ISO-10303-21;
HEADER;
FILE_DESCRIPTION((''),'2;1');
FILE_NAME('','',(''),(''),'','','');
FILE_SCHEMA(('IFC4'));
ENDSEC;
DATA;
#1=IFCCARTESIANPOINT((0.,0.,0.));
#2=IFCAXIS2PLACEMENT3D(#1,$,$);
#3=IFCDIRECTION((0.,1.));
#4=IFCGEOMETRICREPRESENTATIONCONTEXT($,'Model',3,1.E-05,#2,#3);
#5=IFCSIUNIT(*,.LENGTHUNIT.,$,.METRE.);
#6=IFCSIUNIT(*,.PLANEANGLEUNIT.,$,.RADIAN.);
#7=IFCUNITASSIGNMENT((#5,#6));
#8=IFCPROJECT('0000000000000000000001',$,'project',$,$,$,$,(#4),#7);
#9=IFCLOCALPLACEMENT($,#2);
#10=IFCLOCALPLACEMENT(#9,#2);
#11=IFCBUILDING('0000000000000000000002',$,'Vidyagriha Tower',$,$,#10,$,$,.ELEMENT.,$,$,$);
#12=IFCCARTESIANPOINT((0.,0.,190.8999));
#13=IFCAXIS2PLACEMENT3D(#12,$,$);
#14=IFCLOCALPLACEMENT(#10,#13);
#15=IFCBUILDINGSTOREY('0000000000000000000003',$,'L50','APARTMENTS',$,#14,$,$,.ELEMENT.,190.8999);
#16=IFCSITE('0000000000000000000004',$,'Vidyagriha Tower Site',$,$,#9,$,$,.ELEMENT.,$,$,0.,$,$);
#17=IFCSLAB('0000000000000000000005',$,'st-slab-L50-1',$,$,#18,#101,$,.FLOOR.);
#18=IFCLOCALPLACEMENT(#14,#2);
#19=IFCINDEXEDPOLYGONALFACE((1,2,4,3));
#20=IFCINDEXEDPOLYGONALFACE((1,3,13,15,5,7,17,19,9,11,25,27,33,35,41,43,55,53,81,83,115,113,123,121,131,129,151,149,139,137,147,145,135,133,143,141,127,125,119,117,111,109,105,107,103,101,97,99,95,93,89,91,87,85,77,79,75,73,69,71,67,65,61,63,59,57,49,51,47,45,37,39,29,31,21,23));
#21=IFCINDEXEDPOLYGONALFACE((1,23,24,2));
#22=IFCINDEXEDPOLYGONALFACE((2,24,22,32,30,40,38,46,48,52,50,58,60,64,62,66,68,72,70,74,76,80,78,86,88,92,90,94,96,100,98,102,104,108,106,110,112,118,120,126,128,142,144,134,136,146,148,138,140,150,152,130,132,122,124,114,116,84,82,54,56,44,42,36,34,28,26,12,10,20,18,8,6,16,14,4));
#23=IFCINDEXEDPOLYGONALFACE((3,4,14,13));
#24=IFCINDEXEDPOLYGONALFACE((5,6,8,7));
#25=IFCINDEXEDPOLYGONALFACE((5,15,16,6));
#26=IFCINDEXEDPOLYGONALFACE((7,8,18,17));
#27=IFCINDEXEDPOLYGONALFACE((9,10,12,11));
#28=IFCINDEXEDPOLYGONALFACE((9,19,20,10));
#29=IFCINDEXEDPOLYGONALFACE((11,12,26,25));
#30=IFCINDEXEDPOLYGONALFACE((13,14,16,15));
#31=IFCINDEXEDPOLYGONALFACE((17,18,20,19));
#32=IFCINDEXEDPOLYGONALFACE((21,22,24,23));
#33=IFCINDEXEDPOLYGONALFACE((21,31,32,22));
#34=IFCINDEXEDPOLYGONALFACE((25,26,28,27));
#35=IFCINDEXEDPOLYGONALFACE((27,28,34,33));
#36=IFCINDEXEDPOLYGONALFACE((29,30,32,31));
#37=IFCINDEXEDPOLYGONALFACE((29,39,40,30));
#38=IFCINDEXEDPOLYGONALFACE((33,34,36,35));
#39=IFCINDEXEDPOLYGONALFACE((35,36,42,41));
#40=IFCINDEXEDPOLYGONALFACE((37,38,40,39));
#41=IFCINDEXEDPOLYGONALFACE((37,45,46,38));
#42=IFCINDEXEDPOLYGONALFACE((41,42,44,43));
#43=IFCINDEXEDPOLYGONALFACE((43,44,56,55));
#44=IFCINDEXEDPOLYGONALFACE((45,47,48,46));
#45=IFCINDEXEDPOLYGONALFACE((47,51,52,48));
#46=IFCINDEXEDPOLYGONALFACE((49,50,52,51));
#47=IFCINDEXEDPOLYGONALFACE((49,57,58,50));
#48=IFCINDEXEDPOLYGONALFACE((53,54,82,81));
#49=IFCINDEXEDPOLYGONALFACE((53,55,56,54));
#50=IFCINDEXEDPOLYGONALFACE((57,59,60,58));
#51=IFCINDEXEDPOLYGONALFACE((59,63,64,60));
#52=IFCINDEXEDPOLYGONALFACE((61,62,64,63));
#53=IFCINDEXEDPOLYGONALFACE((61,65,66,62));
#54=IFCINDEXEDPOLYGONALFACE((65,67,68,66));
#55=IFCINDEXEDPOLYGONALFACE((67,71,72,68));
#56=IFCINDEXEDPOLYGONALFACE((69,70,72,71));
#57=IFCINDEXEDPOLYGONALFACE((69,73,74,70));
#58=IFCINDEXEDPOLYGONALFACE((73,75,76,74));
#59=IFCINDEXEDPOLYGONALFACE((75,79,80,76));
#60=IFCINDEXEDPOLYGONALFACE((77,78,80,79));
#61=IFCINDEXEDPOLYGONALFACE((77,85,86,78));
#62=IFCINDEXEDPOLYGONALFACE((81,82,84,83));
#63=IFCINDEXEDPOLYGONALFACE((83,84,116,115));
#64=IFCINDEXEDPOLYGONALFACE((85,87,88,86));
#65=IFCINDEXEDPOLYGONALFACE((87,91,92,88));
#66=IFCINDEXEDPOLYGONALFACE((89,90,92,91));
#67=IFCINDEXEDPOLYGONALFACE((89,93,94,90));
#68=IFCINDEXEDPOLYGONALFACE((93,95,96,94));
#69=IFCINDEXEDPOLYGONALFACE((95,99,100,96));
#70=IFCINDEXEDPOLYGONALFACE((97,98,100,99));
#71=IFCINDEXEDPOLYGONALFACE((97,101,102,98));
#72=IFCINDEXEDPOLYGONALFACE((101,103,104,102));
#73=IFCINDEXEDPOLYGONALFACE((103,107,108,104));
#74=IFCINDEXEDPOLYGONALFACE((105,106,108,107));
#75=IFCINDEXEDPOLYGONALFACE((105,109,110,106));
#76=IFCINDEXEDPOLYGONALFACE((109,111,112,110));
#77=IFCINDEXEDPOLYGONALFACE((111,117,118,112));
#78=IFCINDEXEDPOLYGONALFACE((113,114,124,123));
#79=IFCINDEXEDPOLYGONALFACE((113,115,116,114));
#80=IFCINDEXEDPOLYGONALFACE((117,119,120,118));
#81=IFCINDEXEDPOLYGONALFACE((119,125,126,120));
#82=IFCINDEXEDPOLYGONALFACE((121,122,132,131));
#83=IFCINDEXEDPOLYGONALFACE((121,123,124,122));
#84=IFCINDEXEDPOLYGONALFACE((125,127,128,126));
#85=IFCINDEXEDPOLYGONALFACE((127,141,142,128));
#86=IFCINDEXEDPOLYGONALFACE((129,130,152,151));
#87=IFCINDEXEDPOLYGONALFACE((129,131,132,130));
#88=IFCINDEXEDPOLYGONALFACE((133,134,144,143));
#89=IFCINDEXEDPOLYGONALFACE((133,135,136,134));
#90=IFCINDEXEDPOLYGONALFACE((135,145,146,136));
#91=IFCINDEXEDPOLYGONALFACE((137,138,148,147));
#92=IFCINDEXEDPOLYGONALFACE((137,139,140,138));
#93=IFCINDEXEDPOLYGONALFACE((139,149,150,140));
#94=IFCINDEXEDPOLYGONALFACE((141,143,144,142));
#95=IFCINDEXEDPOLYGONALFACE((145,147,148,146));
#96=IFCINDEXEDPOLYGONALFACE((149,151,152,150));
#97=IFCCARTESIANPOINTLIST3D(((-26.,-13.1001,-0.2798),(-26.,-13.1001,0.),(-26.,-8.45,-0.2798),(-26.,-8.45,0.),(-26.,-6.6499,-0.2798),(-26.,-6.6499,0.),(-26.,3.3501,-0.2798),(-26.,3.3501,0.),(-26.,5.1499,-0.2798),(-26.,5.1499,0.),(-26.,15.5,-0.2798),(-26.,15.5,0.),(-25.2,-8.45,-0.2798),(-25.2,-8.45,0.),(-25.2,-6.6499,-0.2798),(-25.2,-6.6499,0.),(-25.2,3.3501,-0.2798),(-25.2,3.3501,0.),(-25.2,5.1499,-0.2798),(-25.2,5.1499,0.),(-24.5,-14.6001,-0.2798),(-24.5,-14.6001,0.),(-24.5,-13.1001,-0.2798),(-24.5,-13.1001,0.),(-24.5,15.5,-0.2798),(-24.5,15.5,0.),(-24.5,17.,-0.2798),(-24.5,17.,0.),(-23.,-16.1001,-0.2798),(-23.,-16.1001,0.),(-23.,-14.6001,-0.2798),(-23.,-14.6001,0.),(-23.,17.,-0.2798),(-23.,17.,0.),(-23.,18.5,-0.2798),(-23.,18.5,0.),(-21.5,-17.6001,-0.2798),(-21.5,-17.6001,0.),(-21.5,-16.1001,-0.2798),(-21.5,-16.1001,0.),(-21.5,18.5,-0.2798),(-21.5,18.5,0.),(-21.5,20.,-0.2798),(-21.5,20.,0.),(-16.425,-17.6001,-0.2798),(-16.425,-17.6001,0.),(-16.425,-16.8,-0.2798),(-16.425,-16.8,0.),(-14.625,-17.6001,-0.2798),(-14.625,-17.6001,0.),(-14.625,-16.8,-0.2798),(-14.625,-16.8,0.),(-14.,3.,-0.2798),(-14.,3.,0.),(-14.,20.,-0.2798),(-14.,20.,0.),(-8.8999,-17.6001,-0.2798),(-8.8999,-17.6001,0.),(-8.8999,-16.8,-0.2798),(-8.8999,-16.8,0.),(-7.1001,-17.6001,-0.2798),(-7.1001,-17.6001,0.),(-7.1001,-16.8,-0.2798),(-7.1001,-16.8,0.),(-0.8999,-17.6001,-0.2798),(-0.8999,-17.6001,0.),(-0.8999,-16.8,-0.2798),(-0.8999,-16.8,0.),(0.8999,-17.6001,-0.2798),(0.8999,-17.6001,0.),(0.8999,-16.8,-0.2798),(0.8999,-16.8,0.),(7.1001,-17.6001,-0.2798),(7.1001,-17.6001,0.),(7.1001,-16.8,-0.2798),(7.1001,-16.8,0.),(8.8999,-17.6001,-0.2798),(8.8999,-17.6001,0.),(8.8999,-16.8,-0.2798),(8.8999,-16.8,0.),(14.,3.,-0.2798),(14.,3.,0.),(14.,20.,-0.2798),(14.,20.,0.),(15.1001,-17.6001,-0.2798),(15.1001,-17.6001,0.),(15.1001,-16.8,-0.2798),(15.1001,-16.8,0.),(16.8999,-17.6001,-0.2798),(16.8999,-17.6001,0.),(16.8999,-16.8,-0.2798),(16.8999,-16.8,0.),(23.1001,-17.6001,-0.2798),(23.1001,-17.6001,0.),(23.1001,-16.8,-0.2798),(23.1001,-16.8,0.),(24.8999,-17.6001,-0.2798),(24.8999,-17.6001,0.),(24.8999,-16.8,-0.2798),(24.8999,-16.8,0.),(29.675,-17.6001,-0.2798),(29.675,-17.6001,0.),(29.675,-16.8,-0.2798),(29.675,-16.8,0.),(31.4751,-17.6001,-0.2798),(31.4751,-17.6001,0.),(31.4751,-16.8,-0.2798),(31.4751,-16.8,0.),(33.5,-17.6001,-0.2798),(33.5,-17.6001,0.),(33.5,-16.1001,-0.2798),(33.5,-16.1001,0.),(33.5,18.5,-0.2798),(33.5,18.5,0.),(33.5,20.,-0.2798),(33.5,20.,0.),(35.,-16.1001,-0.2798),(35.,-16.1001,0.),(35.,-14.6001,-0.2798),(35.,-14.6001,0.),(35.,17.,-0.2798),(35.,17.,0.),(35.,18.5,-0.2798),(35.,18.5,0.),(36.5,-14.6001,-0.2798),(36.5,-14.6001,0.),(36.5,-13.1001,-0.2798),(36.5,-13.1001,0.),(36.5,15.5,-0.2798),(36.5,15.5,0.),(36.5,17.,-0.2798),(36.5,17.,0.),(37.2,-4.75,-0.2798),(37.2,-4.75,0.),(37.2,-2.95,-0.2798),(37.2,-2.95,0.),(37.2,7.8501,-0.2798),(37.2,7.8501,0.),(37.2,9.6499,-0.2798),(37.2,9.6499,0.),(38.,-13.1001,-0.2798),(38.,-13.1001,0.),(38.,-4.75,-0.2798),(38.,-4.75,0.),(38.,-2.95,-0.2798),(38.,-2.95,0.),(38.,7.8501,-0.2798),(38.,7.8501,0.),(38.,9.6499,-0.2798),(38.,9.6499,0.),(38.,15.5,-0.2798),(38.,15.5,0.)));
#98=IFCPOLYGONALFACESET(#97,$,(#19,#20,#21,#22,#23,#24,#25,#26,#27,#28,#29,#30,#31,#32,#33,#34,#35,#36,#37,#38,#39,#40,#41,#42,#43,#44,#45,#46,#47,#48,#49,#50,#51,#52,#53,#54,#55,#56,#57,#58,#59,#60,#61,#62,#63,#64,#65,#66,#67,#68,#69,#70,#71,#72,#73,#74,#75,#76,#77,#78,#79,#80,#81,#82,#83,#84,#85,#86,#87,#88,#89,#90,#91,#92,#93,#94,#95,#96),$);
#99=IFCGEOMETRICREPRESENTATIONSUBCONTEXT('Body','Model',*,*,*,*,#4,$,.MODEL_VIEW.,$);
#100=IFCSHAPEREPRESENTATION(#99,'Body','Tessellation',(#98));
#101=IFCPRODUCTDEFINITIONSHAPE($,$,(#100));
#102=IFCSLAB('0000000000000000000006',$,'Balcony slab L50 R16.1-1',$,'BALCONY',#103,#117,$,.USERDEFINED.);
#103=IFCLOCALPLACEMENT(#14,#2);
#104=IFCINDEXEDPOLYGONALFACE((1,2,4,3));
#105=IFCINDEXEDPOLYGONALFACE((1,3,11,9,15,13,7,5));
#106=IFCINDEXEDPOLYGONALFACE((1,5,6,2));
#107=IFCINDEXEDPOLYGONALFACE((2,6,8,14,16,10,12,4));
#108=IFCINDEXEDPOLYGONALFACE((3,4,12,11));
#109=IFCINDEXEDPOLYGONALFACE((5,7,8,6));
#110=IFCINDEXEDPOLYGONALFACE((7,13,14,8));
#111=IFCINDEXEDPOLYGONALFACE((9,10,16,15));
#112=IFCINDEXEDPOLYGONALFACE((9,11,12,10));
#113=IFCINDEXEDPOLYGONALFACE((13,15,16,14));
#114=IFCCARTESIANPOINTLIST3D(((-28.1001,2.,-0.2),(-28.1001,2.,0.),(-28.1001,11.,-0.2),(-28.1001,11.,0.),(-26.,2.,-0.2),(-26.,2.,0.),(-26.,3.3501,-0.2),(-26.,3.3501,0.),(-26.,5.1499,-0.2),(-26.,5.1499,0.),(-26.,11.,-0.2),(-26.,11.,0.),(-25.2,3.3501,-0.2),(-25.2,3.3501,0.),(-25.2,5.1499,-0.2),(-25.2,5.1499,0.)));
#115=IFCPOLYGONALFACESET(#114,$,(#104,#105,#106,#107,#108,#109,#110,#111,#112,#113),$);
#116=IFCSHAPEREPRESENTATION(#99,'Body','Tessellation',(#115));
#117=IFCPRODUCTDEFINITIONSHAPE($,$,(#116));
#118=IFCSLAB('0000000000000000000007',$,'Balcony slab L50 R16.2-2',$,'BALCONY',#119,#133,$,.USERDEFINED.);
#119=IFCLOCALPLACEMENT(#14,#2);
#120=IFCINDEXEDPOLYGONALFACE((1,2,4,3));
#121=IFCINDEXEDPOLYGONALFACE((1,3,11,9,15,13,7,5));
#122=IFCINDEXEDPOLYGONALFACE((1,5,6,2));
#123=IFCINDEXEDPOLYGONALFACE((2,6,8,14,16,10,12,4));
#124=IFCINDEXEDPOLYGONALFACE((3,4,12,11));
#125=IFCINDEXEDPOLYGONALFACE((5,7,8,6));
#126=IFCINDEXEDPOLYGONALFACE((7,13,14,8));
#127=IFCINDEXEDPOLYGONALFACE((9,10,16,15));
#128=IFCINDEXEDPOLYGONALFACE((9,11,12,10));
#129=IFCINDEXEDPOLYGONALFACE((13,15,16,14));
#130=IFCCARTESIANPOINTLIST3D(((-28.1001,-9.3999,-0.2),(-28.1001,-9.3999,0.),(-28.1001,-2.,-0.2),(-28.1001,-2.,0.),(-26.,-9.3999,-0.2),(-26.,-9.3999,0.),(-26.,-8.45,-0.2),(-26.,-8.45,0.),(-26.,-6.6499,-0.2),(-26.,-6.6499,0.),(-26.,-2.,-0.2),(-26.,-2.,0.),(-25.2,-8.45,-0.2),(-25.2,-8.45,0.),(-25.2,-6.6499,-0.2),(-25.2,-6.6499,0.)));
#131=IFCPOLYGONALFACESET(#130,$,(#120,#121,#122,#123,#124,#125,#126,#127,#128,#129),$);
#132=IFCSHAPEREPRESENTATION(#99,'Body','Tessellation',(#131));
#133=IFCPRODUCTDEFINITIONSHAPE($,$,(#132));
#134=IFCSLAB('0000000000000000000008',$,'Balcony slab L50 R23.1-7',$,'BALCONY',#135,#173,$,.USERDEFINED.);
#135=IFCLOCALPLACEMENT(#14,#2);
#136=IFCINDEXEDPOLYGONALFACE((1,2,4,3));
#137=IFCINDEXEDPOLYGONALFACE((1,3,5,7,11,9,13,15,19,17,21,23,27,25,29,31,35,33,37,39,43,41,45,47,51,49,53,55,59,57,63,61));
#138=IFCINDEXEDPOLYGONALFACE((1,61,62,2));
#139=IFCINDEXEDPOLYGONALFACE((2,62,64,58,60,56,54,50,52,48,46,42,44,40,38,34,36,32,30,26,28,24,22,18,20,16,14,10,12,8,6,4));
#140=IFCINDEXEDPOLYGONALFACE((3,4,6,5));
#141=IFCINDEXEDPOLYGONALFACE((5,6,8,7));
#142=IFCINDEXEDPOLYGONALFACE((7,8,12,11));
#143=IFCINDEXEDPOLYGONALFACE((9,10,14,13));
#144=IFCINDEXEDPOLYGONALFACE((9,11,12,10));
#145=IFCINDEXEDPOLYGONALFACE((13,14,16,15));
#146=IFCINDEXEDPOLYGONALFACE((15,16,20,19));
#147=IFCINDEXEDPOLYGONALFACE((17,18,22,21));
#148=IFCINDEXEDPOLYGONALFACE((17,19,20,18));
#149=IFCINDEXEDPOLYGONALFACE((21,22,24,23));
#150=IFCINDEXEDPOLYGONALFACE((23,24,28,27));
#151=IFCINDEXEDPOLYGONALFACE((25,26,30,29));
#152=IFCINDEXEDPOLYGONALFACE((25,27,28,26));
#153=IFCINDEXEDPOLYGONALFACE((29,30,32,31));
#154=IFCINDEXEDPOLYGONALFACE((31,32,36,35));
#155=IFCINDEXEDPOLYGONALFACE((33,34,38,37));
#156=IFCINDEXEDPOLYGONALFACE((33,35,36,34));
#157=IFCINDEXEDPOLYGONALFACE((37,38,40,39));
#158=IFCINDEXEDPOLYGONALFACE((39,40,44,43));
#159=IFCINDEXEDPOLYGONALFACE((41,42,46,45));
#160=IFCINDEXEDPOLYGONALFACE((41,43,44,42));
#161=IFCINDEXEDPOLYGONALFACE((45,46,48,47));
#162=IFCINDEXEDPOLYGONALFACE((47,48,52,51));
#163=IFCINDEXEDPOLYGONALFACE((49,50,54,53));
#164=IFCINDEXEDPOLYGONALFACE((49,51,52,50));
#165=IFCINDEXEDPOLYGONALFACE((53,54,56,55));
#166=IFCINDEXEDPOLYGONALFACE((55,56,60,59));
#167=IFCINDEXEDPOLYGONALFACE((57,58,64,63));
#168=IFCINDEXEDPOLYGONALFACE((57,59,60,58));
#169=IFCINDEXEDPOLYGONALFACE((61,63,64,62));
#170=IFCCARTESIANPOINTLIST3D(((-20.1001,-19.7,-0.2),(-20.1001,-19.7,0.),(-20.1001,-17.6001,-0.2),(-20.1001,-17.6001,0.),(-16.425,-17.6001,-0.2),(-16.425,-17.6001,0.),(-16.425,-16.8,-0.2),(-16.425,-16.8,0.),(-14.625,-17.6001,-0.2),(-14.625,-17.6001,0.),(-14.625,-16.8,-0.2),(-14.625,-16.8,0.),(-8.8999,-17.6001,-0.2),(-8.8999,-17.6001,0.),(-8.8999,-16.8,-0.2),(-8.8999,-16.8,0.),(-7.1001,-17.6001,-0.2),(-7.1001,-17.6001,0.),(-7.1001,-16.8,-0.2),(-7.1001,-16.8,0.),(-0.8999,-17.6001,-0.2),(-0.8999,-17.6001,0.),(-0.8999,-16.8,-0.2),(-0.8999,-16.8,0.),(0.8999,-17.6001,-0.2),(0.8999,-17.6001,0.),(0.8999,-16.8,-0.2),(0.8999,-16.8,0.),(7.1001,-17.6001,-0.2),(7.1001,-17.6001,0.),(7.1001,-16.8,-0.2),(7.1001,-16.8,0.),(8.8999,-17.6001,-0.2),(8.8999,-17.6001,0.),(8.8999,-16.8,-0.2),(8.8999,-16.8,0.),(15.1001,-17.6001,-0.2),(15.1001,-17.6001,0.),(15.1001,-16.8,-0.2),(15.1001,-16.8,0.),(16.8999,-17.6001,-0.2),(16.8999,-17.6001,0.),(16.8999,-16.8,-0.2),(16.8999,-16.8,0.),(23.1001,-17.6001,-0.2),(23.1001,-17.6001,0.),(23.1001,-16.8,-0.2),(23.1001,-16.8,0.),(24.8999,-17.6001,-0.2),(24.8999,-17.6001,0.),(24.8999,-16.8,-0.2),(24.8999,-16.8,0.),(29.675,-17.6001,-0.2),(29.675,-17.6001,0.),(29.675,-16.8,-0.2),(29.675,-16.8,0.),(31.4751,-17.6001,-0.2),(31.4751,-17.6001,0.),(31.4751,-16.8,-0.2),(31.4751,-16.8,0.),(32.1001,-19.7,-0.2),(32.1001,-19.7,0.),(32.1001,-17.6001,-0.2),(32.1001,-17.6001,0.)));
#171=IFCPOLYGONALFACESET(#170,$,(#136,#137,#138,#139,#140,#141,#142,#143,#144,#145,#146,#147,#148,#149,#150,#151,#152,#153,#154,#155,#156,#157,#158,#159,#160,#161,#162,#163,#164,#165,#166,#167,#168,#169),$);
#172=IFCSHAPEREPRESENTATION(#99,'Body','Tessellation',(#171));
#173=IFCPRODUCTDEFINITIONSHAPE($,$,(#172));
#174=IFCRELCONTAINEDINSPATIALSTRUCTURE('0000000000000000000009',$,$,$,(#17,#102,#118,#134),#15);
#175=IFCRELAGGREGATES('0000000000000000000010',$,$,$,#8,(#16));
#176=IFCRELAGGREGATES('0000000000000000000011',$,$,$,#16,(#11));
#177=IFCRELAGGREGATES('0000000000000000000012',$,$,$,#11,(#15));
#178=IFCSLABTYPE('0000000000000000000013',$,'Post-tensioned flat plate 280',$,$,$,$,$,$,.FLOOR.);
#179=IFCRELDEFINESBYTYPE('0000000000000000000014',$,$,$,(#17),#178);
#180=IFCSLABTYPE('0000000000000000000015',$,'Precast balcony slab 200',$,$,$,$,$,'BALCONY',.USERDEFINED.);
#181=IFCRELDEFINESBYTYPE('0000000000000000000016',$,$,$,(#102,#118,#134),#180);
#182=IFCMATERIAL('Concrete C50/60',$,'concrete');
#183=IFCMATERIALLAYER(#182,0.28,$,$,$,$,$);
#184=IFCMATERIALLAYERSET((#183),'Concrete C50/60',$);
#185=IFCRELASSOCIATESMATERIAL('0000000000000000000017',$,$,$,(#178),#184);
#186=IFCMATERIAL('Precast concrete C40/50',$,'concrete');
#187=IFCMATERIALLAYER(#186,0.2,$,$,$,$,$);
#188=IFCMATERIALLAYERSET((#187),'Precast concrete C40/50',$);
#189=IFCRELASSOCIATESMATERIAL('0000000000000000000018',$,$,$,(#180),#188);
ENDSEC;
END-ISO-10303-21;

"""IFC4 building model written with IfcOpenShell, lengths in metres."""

from ifc_helpers import new_model, si_unit, direction, frame, origin, place, context, subcontext, project, spatial, polyline, outline, extrude, material, layer, layer_set, type_object, element, save


model = new_model("IFC4")

# Units and contexts
model_context = context("Model", 3, precision=1e-05, world=origin(), true_north=direction((0.0, 1.0)))
body_context = subcontext(model_context, "Body", "Model", "MODEL_VIEW")
ifc_project = project(units=[si_unit("LENGTHUNIT", "METRE"), si_unit("PLANEANGLEUNIT", "RADIAN")], contexts=[model_context])

# Site, building, storey
site_placement = place(None, origin())
site = spatial("IfcSite", under=ifc_project, at=site_placement, Name="Vidyagriha Tower Site", CompositionType="ELEMENT", RefElevation=0.0)
building_placement = place(site_placement, origin())
building = spatial("IfcBuilding", under=site, at=building_placement, Name="Vidyagriha Tower", CompositionType="ELEMENT")
storey_placement = place(building_placement, frame((0.0, 0.0, 190.8999)))
storey = spatial("IfcBuildingStorey", under=building, at=storey_placement, Name="L50", Description="APARTMENTS", CompositionType="ELEMENT", Elevation=190.8999)

# Slabs
ifc_material_1 = material(Name="Concrete C50/60", Category="concrete")
ifc_layer_1 = layer(ifc_material_1, 0.28)
ifc_layer_set_1 = layer_set([ifc_layer_1], Name="Concrete C50/60")
slab_type_1 = type_object("IfcSlabType", Name="Post-tensioned flat plate 280", PredefinedType="FLOOR", material=ifc_layer_set_1)
slab_1_placement = place(storey_placement, frame((0.0, 0.0, -0.2798)))
element("IfcSlab", 1, at=slab_1_placement, inside=storey, type_object=slab_type_1, Name="st-slab-L50-1", PredefinedType="FLOOR", context=body_context, shape_type="SweptSolid", body=[
    extrude(outline(polyline([(36.5, -14.6001), (35.0, -14.6001), (35.0, -16.1001), (33.5, -16.1001), (33.5, -17.6001), (31.4751, -17.6001), (31.4751, -16.8), (29.675, -16.8), (29.675, -17.6001), (24.8999, -17.6001), (24.8999, -16.8), (23.1001, -16.8), (23.1001, -17.6001), (16.8999, -17.6001), (16.8999, -16.8), (15.1001, -16.8), (15.1001, -17.6001), (8.8999, -17.6001), (8.8999, -16.8), (7.1001, -16.8), (7.1001, -17.6001), (0.8999, -17.6001), (0.8999, -16.8), (-0.8999, -16.8), (-0.8999, -17.6001), (-7.1001, -17.6001), (-7.1001, -16.8), (-8.8999, -16.8), (-8.8999, -17.6001), (-14.625, -17.6001), (-14.625, -16.8), (-16.425, -16.8), (-16.425, -17.6001), (-21.5, -17.6001), (-21.5, -16.1001), (-23.0, -16.1001), (-23.0, -14.6001), (-24.5, -14.6001), (-24.5, -13.1001), (-26.0, -13.1001), (-26.0, -8.45), (-25.2, -8.45), (-25.2, -6.6499), (-26.0, -6.6499), (-26.0, 3.3501), (-25.2, 3.3501), (-25.2, 5.1499), (-26.0, 5.1499), (-26.0, 15.5), (-24.5, 15.5), (-24.5, 17.0), (-23.0, 17.0), (-23.0, 18.5), (-21.5, 18.5), (-21.5, 20.0), (-14.0, 20.0), (-14.0, 3.0), (14.0, 3.0), (14.0, 20.0), (33.5, 20.0), (33.5, 18.5), (35.0, 18.5), (35.0, 17.0), (36.5, 17.0), (36.5, 15.5), (38.0, 15.5), (38.0, 9.6499), (37.2, 9.6499), (37.2, 7.8501), (38.0, 7.8501), (38.0, -2.95), (37.2, -2.95), (37.2, -4.75), (38.0, -4.75), (38.0, -13.1001), (36.5, -13.1001), (36.5, -14.6001)])), origin(), (0.0, 0.0, 1.0), 0.2798),
])
ifc_material_2 = material(Name="Precast concrete C40/50", Category="concrete")
ifc_layer_2 = layer(ifc_material_2, 0.2)
ifc_layer_set_2 = layer_set([ifc_layer_2], Name="Precast concrete C40/50")
slab_type_2 = type_object("IfcSlabType", Name="Precast balcony slab 200", ElementType="BALCONY", PredefinedType="USERDEFINED", material=ifc_layer_set_2)
slab_2_placement = place(storey_placement, frame((0.0, 0.0, -0.2)))
element("IfcSlab", 2, at=slab_2_placement, inside=storey, type_object=slab_type_2, Name="Balcony slab L50 R16.1-1", ObjectType="BALCONY", PredefinedType="USERDEFINED", context=body_context, shape_type="SweptSolid", body=[
    extrude(outline(polyline([(-25.2, 3.3501), (-25.2, 5.1499), (-26.0, 5.1499), (-26.0, 11.0), (-28.1001, 11.0), (-28.1001, 2.0), (-26.0, 2.0), (-26.0, 3.3501), (-25.2, 3.3501)])), origin(), (0.0, 0.0, 1.0), 0.2),
])
slab_3_placement = place(storey_placement, frame((0.0, 0.0, -0.2)))
element("IfcSlab", 3, at=slab_3_placement, inside=storey, type_object=slab_type_2, Name="Balcony slab L50 R16.2-2", ObjectType="BALCONY", PredefinedType="USERDEFINED", context=body_context, shape_type="SweptSolid", body=[
    extrude(outline(polyline([(-25.2, -8.45), (-25.2, -6.6499), (-26.0, -6.6499), (-26.0, -2.0), (-28.1001, -2.0), (-28.1001, -9.3999), (-26.0, -9.3999), (-26.0, -8.45), (-25.2, -8.45)])), origin(), (0.0, 0.0, 1.0), 0.2),
])
slab_4_placement = place(storey_placement, frame((0.0, 0.0, -0.2)))
element("IfcSlab", 4, at=slab_4_placement, inside=storey, type_object=slab_type_2, Name="Balcony slab L50 R23.1-7", ObjectType="BALCONY", PredefinedType="USERDEFINED", context=body_context, shape_type="SweptSolid", body=[
    extrude(outline(polyline([(-14.625, -16.8), (-16.425, -16.8), (-16.425, -17.6001), (-20.1001, -17.6001), (-20.1001, -19.7), (32.1001, -19.7), (32.1001, -17.6001), (31.4751, -17.6001), (31.4751, -16.8), (29.675, -16.8), (29.675, -17.6001), (24.8999, -17.6001), (24.8999, -16.8), (23.1001, -16.8), (23.1001, -17.6001), (16.8999, -17.6001), (16.8999, -16.8), (15.1001, -16.8), (15.1001, -17.6001), (8.8999, -17.6001), (8.8999, -16.8), (7.1001, -16.8), (7.1001, -17.6001), (0.8999, -17.6001), (0.8999, -16.8), (-0.8999, -16.8), (-0.8999, -17.6001), (-7.1001, -17.6001), (-7.1001, -16.8), (-8.8999, -16.8), (-8.8999, -17.6001), (-14.625, -17.6001), (-14.625, -16.8)])), origin(), (0.0, 0.0, 1.0), 0.2),
])

save(model, "model.ifc")
